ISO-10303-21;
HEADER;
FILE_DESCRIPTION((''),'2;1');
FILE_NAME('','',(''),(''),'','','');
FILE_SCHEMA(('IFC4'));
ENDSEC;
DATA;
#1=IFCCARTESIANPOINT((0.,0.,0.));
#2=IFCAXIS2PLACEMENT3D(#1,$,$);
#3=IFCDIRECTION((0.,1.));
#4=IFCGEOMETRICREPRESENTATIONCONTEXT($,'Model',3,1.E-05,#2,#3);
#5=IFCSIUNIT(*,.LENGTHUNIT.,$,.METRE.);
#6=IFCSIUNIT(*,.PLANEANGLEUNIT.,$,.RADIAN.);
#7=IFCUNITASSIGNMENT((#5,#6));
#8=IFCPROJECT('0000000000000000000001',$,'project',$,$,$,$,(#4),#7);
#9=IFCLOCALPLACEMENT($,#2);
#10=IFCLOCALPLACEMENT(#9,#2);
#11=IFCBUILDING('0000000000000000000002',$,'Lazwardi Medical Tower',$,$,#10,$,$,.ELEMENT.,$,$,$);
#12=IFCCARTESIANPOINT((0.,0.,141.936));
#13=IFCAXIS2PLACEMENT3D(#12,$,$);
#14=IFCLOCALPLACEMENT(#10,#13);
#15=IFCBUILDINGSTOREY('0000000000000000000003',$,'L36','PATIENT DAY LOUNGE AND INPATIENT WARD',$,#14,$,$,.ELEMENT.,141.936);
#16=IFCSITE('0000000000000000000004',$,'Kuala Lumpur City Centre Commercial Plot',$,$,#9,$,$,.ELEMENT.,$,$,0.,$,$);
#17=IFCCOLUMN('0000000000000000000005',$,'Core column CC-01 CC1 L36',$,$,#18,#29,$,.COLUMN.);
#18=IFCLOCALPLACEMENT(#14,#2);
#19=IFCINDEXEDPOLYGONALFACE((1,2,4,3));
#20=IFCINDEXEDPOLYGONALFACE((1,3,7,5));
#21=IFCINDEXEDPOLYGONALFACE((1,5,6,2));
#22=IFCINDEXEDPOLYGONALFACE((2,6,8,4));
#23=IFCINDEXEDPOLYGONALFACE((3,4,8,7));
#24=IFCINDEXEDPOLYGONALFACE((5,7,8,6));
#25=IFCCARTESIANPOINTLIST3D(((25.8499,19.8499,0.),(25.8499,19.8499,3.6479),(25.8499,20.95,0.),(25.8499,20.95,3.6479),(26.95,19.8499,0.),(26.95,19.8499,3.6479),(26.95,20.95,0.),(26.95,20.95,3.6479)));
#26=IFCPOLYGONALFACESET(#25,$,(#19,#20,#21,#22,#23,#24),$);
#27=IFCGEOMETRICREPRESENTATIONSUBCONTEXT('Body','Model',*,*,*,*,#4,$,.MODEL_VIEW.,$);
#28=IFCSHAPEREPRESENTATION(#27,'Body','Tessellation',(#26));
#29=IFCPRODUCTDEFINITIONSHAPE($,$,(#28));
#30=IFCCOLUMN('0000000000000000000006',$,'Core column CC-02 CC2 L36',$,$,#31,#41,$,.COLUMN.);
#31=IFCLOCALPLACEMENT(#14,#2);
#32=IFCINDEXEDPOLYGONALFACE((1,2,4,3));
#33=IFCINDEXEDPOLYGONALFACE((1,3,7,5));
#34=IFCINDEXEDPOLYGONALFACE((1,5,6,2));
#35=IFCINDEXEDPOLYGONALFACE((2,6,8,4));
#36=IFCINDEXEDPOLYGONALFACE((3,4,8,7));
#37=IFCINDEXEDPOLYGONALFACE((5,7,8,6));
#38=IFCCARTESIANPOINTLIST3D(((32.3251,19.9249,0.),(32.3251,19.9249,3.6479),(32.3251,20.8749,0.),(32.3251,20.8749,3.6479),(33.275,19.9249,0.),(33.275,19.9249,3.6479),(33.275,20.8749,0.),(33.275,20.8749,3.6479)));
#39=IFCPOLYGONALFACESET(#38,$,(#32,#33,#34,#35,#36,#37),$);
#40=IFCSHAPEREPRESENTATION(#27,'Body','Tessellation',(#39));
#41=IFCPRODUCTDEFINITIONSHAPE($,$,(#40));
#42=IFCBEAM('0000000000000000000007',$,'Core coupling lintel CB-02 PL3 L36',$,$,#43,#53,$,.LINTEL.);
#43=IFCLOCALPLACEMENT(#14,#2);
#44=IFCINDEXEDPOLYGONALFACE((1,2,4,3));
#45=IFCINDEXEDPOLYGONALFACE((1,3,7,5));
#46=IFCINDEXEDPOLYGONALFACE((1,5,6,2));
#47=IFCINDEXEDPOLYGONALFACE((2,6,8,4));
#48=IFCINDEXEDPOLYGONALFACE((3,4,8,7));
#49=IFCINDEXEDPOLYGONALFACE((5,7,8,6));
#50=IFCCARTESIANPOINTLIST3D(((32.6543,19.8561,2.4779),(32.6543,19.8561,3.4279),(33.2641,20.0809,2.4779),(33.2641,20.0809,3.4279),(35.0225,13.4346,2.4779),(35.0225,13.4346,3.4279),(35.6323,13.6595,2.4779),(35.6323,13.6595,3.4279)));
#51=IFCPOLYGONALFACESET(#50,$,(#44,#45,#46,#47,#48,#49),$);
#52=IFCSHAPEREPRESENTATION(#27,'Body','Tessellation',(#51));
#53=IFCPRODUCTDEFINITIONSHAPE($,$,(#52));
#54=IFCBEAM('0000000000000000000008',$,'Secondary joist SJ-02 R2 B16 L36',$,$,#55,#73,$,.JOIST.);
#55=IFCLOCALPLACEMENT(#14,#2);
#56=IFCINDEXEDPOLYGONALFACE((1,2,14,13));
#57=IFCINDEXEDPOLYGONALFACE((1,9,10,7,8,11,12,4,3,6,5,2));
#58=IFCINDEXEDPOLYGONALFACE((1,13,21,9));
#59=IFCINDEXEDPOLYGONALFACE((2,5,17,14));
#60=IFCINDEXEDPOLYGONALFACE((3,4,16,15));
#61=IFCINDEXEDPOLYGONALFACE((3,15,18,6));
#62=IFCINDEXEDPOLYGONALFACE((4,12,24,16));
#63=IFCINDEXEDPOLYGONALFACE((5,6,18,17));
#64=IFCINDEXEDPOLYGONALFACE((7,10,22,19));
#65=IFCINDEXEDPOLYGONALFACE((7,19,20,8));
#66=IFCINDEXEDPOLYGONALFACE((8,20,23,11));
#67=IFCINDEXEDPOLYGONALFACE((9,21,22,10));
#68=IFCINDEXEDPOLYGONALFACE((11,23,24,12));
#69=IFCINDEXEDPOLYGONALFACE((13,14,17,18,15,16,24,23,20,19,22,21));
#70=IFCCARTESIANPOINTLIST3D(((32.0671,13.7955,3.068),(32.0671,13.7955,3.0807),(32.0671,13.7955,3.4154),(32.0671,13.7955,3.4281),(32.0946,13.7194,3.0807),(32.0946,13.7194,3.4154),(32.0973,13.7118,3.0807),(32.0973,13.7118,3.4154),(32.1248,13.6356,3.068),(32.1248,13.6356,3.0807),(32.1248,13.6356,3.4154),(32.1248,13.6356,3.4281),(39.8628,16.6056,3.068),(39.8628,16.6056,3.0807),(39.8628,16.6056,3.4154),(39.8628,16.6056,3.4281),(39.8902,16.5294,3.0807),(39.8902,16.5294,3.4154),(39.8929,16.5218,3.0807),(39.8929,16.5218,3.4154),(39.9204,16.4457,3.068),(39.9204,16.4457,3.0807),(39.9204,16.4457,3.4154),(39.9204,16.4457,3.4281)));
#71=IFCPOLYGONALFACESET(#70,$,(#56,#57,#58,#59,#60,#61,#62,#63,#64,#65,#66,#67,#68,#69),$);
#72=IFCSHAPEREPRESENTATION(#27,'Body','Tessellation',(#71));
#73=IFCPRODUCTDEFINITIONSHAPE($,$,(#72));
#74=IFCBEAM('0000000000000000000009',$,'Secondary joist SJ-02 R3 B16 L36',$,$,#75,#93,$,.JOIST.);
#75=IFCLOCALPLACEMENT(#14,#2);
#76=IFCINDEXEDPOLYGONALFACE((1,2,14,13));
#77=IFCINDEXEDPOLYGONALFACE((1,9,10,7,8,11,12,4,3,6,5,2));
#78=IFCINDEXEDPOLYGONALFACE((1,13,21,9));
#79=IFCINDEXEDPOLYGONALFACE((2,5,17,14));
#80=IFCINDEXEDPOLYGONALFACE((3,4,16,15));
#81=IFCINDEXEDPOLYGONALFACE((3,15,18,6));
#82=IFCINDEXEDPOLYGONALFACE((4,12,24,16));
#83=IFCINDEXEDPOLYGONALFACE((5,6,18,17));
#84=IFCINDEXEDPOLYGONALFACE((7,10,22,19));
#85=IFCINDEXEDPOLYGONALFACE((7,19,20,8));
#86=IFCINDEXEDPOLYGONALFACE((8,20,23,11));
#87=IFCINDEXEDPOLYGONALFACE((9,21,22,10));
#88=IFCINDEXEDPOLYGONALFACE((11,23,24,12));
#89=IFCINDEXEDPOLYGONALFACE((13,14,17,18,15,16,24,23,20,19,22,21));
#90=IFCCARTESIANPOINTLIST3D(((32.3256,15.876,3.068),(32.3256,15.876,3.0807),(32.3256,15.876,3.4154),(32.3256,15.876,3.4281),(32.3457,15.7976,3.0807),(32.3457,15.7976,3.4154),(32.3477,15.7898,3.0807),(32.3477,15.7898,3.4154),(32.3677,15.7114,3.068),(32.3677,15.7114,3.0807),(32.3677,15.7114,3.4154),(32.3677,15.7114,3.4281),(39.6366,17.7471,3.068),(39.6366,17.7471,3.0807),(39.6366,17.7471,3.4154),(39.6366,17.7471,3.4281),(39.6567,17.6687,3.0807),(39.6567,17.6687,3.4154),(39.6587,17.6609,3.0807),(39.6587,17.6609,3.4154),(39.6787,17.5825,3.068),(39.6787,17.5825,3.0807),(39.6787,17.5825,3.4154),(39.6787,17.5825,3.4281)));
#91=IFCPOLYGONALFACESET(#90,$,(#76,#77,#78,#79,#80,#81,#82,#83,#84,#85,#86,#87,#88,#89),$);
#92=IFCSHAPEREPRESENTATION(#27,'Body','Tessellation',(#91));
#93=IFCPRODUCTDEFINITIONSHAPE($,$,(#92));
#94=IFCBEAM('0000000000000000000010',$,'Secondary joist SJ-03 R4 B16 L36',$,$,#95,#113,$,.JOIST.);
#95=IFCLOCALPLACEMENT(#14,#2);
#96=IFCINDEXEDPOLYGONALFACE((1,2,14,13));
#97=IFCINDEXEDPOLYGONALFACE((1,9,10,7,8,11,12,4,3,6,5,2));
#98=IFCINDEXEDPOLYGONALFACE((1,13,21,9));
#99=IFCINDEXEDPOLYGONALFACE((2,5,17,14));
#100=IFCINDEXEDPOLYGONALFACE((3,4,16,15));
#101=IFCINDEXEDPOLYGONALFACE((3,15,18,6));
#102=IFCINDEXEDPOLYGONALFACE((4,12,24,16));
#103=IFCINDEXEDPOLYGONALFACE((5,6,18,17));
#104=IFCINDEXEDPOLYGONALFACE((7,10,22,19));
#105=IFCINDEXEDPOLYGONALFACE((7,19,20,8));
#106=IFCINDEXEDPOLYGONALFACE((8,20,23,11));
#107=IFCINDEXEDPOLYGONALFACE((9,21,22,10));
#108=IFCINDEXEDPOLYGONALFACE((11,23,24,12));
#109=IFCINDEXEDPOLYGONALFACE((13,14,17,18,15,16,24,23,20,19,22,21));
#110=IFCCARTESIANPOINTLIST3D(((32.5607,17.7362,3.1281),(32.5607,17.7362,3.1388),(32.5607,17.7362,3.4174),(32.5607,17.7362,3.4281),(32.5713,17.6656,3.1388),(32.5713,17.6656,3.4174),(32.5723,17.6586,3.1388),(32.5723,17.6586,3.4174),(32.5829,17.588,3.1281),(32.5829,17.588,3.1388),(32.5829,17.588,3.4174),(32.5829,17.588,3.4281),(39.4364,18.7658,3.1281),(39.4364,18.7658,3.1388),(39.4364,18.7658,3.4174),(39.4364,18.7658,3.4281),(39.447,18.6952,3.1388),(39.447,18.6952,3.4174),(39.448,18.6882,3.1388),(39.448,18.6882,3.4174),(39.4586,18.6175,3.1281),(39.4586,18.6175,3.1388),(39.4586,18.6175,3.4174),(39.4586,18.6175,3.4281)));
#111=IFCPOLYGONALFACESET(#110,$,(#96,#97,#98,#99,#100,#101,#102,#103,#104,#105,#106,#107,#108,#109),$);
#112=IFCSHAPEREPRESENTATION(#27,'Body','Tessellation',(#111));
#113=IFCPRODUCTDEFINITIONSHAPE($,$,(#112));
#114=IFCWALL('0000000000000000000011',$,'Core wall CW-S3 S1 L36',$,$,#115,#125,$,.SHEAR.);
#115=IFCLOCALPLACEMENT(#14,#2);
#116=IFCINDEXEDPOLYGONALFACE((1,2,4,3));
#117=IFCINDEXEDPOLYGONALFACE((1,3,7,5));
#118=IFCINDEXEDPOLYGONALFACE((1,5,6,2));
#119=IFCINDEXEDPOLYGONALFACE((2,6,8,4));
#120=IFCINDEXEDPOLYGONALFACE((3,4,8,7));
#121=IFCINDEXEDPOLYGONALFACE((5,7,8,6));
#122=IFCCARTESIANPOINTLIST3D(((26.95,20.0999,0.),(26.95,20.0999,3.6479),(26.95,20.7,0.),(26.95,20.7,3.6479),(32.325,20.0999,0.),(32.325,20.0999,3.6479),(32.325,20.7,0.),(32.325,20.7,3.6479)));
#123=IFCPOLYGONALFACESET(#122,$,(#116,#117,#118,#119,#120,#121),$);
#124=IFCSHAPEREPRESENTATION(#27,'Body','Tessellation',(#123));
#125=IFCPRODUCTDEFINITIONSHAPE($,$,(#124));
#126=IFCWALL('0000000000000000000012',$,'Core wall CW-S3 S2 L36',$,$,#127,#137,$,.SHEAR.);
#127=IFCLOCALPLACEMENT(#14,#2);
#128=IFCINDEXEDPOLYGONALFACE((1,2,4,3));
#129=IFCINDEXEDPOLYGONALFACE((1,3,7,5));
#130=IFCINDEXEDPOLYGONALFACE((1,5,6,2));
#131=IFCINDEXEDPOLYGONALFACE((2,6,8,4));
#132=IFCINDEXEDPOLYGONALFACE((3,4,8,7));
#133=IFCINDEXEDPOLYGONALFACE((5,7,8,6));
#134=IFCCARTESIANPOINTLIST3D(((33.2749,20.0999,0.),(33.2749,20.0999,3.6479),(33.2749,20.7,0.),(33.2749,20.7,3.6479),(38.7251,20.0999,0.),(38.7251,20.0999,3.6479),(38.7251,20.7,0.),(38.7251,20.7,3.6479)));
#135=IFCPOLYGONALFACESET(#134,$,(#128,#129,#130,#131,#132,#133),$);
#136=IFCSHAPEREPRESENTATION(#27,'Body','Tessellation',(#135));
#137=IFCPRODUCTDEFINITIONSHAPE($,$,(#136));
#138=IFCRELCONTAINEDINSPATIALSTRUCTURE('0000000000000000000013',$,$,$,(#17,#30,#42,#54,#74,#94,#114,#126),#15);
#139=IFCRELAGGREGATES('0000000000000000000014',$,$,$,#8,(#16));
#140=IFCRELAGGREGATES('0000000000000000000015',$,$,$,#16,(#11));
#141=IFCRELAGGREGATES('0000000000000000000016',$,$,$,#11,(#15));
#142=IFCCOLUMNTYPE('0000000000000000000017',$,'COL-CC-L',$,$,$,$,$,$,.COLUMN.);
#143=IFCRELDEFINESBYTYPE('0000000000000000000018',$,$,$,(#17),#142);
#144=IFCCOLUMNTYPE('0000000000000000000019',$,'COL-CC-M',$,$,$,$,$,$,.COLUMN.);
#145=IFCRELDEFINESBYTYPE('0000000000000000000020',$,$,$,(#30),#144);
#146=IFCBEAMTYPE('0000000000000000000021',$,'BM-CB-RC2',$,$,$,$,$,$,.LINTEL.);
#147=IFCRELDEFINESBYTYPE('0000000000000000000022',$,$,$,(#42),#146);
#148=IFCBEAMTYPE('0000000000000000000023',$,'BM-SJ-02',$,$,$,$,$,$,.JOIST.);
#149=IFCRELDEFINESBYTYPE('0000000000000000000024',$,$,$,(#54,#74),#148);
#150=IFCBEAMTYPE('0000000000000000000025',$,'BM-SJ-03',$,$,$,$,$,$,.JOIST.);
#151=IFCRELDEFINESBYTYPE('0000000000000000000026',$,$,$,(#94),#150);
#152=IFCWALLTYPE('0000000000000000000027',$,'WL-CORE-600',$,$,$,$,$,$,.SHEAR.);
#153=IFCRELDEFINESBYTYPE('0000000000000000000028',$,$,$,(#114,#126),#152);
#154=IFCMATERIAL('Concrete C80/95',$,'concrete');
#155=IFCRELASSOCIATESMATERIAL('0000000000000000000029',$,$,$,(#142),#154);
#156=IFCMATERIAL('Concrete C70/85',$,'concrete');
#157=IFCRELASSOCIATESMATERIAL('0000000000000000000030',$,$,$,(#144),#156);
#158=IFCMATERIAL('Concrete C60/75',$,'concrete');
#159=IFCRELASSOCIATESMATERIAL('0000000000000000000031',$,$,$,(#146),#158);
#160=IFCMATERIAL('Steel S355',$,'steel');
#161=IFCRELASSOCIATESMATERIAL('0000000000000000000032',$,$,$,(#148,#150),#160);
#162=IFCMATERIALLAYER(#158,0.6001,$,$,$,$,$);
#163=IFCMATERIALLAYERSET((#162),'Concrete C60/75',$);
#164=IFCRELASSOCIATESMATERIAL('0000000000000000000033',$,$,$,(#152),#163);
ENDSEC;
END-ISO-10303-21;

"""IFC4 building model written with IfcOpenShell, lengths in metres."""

from ifc_helpers import new_model, si_unit, direction, frame, frame_2d, origin, origin_2d, place, context, subcontext, project, spatial, rectangle, i_section, extrude, material, layer, layer_set, material_profile, profile_set, type_object, element, save


model = new_model("IFC4")

# Units and contexts
model_context = context("Model", 3, precision=1e-05, world=origin(), true_north=direction((0.0, 1.0)))
body_context = subcontext(model_context, "Body", "Model", "MODEL_VIEW")
ifc_project = project(units=[si_unit("LENGTHUNIT", "METRE"), si_unit("PLANEANGLEUNIT", "RADIAN")], contexts=[model_context])

# Site, building, storey
site_placement = place(None, origin())
site = spatial("IfcSite", under=ifc_project, at=site_placement, Name="Kuala Lumpur City Centre Commercial Plot", CompositionType="ELEMENT", RefElevation=0.0)
building_placement = place(site_placement, origin())
building = spatial("IfcBuilding", under=site, at=building_placement, Name="Lazwardi Medical Tower", CompositionType="ELEMENT")
storey_placement = place(building_placement, frame((0.0, 0.0, 141.936)))
storey = spatial("IfcBuildingStorey", under=building, at=storey_placement, Name="L36", Description="PATIENT DAY LOUNGE AND INPATIENT WARD", CompositionType="ELEMENT", Elevation=141.936)

# Columns
ifc_material_1 = material(Name="Concrete C80/95", Category="concrete")
ifc_material_profile_1 = material_profile(ifc_material_1, rectangle(XDim=1.1001, YDim=1.1001, at=origin_2d()), Name="RC 1100x1100")
ifc_profile_set_1 = profile_set([ifc_material_profile_1], Name="Concrete C80/95")
column_type_1 = type_object("IfcColumnType", Name="COL-CC-L", PredefinedType="COLUMN", material=ifc_profile_set_1)
column_1_placement = place(storey_placement, frame((26.3999, 20.3999, 0.0), z_axis=(0.0, 0.0, 1.0), x_axis=(1.0, 0.0, 0.0)))
element("IfcColumn", 1, at=column_1_placement, inside=storey, type_object=column_type_1, Name="Core column CC-01 CC1 L36", PredefinedType="COLUMN", context=body_context, shape_type="SweptSolid", body=[
    extrude(rectangle(XDim=1.1001, YDim=1.1001, at=origin_2d()), origin(), (0.0, 0.0, 1.0), 3.6479),
])
ifc_material_2 = material(Name="Concrete C70/85", Category="concrete")
ifc_material_profile_2 = material_profile(ifc_material_2, rectangle(XDim=0.95, YDim=0.95, at=origin_2d()), Name="RC 950x950")
ifc_profile_set_2 = profile_set([ifc_material_profile_2], Name="Concrete C70/85")
column_type_2 = type_object("IfcColumnType", Name="COL-CC-M", PredefinedType="COLUMN", material=ifc_profile_set_2)
column_2_placement = place(storey_placement, frame((32.8, 20.3999, 0.0), z_axis=(0.0, 0.0, 1.0), x_axis=(1.0, 0.0, 0.0)))
element("IfcColumn", 2, at=column_2_placement, inside=storey, type_object=column_type_2, Name="Core column CC-02 CC2 L36", PredefinedType="COLUMN", context=body_context, shape_type="SweptSolid", body=[
    extrude(rectangle(XDim=0.95, YDim=0.95, at=origin_2d()), origin(), (0.0, 0.0, 1.0), 3.6479),
])

# Beams
ifc_material_3 = material(Name="Concrete C60/75", Category="concrete")
ifc_material_profile_3 = material_profile(ifc_material_3, rectangle(XDim=0.6499, YDim=0.95, at=origin_2d()), Name="RC 650x950")
ifc_profile_set_3 = profile_set([ifc_material_profile_3], Name="Concrete C60/75")
beam_type_1 = type_object("IfcBeamType", Name="BM-CB-RC2", PredefinedType="LINTEL", material=ifc_profile_set_3)
beam_1_placement = place(storey_placement, frame((32.9592, 19.9685, 2.9529), z_axis=(0.346013, -0.93823, 0.0), x_axis=(0.93823, 0.346013, 0.0)))
element("IfcBeam", 3, at=beam_1_placement, inside=storey, type_object=beam_type_1, Name="Core coupling lintel CB-02 PL3 L36", PredefinedType="LINTEL", context=body_context, shape_type="SweptSolid", body=[
    extrude(rectangle(XDim=0.6499, YDim=0.95, at=origin_2d()), origin(), (0.0, 0.0, 1.0), 6.8442),
])
ifc_material_4 = material(Name="Steel S355", Category="steel")
ifc_material_profile_4 = material_profile(ifc_material_4, i_section(OverallWidth=0.1699, OverallDepth=0.3601, WebThickness=0.0081, FlangeThickness=0.0127, at=origin_2d()), Name="IPE 360")
ifc_profile_set_4 = profile_set([ifc_material_profile_4], Name="Steel S355")
beam_type_2 = type_object("IfcBeamType", Name="BM-SJ-02", PredefinedType="JOIST", material=ifc_profile_set_4)
beam_2_placement = place(storey_placement, frame((32.0959, 13.7156, 3.248), z_axis=(0.940748, 0.339106, 0.0), x_axis=(-0.339106, 0.940748, 0.0)))
element("IfcBeam", 4, at=beam_2_placement, inside=storey, type_object=beam_type_2, Name="Secondary joist SJ-02 R2 B16 L36", PredefinedType="JOIST", context=body_context, shape_type="SweptSolid", body=[
    extrude(i_section(OverallWidth=0.1699, OverallDepth=0.3601, WebThickness=0.0081, FlangeThickness=0.0127, at=origin_2d()), origin(), (0.0, 0.0, 1.0), 8.2866),
])
beam_3_placement = place(storey_placement, frame((32.3467, 15.7937, 3.248), z_axis=(0.968776, 0.247936, 0.0), x_axis=(-0.247936, 0.968776, 0.0)))
element("IfcBeam", 5, at=beam_3_placement, inside=storey, type_object=beam_type_2, Name="Secondary joist SJ-02 R3 B16 L36", PredefinedType="JOIST", context=body_context, shape_type="SweptSolid", body=[
    extrude(i_section(OverallWidth=0.1699, OverallDepth=0.3601, WebThickness=0.0081, FlangeThickness=0.0127, at=origin_2d()), origin(), (0.0, 0.0, 1.0), 7.5466),
])
ifc_material_profile_5 = material_profile(ifc_material_4, i_section(OverallWidth=0.1499, OverallDepth=0.3, WebThickness=0.0071, FlangeThickness=0.0107, at=origin_2d()), Name="IPE 300")
ifc_profile_set_5 = profile_set([ifc_material_profile_5], Name="Steel S355")
beam_type_3 = type_object("IfcBeamType", Name="BM-SJ-03", PredefinedType="JOIST", material=ifc_profile_set_5)
beam_4_placement = place(storey_placement, frame((32.5718, 17.6621, 3.2781), z_axis=(0.988975, 0.148085, 0.0), x_axis=(-0.148085, 0.988975, 0.0)))
element("IfcBeam", 6, at=beam_4_placement, inside=storey, type_object=beam_type_3, Name="Secondary joist SJ-03 R4 B16 L36", PredefinedType="JOIST", context=body_context, shape_type="SweptSolid", body=[
    extrude(i_section(OverallWidth=0.1499, OverallDepth=0.3, WebThickness=0.0071, FlangeThickness=0.0107, at=origin_2d()), origin(), (0.0, 0.0, 1.0), 6.9524),
])

# Shared definitions
ifc_layer_1 = layer(ifc_material_3, 0.6001)
ifc_layer_set_1 = layer_set([ifc_layer_1], Name="Concrete C60/75")
wall_type_1 = type_object("IfcWallType", Name="WL-CORE-600", PredefinedType="SHEAR", material=ifc_layer_set_1)

# Walls
wall_1_placement = place(storey_placement, frame((26.95, 20.3999, 0.0), z_axis=(0.0, 0.0, 1.0), x_axis=(1.0, 0.0, 0.0)))
element("IfcWall", 7, at=wall_1_placement, inside=storey, type_object=wall_type_1, Name="Core wall CW-S3 S1 L36", PredefinedType="SHEAR", context=body_context, shape_type="SweptSolid", body=[
    extrude(rectangle(XDim=5.375, YDim=0.6001, at=frame_2d((2.6875, 0.0))), origin(), (0.0, 0.0, 1.0), 3.6479),
])
wall_2_placement = place(storey_placement, frame((33.2749, 20.3999, 0.0), z_axis=(0.0, 0.0, 1.0), x_axis=(1.0, 0.0, 0.0)))
element("IfcWall", 8, at=wall_2_placement, inside=storey, type_object=wall_type_1, Name="Core wall CW-S3 S2 L36", PredefinedType="SHEAR", context=body_context, shape_type="SweptSolid", body=[
    extrude(rectangle(XDim=5.4502, YDim=0.6001, at=frame_2d((2.7251, 0.0))), origin(), (0.0, 0.0, 1.0), 3.6479),
])

save(model, "model.ifc")
